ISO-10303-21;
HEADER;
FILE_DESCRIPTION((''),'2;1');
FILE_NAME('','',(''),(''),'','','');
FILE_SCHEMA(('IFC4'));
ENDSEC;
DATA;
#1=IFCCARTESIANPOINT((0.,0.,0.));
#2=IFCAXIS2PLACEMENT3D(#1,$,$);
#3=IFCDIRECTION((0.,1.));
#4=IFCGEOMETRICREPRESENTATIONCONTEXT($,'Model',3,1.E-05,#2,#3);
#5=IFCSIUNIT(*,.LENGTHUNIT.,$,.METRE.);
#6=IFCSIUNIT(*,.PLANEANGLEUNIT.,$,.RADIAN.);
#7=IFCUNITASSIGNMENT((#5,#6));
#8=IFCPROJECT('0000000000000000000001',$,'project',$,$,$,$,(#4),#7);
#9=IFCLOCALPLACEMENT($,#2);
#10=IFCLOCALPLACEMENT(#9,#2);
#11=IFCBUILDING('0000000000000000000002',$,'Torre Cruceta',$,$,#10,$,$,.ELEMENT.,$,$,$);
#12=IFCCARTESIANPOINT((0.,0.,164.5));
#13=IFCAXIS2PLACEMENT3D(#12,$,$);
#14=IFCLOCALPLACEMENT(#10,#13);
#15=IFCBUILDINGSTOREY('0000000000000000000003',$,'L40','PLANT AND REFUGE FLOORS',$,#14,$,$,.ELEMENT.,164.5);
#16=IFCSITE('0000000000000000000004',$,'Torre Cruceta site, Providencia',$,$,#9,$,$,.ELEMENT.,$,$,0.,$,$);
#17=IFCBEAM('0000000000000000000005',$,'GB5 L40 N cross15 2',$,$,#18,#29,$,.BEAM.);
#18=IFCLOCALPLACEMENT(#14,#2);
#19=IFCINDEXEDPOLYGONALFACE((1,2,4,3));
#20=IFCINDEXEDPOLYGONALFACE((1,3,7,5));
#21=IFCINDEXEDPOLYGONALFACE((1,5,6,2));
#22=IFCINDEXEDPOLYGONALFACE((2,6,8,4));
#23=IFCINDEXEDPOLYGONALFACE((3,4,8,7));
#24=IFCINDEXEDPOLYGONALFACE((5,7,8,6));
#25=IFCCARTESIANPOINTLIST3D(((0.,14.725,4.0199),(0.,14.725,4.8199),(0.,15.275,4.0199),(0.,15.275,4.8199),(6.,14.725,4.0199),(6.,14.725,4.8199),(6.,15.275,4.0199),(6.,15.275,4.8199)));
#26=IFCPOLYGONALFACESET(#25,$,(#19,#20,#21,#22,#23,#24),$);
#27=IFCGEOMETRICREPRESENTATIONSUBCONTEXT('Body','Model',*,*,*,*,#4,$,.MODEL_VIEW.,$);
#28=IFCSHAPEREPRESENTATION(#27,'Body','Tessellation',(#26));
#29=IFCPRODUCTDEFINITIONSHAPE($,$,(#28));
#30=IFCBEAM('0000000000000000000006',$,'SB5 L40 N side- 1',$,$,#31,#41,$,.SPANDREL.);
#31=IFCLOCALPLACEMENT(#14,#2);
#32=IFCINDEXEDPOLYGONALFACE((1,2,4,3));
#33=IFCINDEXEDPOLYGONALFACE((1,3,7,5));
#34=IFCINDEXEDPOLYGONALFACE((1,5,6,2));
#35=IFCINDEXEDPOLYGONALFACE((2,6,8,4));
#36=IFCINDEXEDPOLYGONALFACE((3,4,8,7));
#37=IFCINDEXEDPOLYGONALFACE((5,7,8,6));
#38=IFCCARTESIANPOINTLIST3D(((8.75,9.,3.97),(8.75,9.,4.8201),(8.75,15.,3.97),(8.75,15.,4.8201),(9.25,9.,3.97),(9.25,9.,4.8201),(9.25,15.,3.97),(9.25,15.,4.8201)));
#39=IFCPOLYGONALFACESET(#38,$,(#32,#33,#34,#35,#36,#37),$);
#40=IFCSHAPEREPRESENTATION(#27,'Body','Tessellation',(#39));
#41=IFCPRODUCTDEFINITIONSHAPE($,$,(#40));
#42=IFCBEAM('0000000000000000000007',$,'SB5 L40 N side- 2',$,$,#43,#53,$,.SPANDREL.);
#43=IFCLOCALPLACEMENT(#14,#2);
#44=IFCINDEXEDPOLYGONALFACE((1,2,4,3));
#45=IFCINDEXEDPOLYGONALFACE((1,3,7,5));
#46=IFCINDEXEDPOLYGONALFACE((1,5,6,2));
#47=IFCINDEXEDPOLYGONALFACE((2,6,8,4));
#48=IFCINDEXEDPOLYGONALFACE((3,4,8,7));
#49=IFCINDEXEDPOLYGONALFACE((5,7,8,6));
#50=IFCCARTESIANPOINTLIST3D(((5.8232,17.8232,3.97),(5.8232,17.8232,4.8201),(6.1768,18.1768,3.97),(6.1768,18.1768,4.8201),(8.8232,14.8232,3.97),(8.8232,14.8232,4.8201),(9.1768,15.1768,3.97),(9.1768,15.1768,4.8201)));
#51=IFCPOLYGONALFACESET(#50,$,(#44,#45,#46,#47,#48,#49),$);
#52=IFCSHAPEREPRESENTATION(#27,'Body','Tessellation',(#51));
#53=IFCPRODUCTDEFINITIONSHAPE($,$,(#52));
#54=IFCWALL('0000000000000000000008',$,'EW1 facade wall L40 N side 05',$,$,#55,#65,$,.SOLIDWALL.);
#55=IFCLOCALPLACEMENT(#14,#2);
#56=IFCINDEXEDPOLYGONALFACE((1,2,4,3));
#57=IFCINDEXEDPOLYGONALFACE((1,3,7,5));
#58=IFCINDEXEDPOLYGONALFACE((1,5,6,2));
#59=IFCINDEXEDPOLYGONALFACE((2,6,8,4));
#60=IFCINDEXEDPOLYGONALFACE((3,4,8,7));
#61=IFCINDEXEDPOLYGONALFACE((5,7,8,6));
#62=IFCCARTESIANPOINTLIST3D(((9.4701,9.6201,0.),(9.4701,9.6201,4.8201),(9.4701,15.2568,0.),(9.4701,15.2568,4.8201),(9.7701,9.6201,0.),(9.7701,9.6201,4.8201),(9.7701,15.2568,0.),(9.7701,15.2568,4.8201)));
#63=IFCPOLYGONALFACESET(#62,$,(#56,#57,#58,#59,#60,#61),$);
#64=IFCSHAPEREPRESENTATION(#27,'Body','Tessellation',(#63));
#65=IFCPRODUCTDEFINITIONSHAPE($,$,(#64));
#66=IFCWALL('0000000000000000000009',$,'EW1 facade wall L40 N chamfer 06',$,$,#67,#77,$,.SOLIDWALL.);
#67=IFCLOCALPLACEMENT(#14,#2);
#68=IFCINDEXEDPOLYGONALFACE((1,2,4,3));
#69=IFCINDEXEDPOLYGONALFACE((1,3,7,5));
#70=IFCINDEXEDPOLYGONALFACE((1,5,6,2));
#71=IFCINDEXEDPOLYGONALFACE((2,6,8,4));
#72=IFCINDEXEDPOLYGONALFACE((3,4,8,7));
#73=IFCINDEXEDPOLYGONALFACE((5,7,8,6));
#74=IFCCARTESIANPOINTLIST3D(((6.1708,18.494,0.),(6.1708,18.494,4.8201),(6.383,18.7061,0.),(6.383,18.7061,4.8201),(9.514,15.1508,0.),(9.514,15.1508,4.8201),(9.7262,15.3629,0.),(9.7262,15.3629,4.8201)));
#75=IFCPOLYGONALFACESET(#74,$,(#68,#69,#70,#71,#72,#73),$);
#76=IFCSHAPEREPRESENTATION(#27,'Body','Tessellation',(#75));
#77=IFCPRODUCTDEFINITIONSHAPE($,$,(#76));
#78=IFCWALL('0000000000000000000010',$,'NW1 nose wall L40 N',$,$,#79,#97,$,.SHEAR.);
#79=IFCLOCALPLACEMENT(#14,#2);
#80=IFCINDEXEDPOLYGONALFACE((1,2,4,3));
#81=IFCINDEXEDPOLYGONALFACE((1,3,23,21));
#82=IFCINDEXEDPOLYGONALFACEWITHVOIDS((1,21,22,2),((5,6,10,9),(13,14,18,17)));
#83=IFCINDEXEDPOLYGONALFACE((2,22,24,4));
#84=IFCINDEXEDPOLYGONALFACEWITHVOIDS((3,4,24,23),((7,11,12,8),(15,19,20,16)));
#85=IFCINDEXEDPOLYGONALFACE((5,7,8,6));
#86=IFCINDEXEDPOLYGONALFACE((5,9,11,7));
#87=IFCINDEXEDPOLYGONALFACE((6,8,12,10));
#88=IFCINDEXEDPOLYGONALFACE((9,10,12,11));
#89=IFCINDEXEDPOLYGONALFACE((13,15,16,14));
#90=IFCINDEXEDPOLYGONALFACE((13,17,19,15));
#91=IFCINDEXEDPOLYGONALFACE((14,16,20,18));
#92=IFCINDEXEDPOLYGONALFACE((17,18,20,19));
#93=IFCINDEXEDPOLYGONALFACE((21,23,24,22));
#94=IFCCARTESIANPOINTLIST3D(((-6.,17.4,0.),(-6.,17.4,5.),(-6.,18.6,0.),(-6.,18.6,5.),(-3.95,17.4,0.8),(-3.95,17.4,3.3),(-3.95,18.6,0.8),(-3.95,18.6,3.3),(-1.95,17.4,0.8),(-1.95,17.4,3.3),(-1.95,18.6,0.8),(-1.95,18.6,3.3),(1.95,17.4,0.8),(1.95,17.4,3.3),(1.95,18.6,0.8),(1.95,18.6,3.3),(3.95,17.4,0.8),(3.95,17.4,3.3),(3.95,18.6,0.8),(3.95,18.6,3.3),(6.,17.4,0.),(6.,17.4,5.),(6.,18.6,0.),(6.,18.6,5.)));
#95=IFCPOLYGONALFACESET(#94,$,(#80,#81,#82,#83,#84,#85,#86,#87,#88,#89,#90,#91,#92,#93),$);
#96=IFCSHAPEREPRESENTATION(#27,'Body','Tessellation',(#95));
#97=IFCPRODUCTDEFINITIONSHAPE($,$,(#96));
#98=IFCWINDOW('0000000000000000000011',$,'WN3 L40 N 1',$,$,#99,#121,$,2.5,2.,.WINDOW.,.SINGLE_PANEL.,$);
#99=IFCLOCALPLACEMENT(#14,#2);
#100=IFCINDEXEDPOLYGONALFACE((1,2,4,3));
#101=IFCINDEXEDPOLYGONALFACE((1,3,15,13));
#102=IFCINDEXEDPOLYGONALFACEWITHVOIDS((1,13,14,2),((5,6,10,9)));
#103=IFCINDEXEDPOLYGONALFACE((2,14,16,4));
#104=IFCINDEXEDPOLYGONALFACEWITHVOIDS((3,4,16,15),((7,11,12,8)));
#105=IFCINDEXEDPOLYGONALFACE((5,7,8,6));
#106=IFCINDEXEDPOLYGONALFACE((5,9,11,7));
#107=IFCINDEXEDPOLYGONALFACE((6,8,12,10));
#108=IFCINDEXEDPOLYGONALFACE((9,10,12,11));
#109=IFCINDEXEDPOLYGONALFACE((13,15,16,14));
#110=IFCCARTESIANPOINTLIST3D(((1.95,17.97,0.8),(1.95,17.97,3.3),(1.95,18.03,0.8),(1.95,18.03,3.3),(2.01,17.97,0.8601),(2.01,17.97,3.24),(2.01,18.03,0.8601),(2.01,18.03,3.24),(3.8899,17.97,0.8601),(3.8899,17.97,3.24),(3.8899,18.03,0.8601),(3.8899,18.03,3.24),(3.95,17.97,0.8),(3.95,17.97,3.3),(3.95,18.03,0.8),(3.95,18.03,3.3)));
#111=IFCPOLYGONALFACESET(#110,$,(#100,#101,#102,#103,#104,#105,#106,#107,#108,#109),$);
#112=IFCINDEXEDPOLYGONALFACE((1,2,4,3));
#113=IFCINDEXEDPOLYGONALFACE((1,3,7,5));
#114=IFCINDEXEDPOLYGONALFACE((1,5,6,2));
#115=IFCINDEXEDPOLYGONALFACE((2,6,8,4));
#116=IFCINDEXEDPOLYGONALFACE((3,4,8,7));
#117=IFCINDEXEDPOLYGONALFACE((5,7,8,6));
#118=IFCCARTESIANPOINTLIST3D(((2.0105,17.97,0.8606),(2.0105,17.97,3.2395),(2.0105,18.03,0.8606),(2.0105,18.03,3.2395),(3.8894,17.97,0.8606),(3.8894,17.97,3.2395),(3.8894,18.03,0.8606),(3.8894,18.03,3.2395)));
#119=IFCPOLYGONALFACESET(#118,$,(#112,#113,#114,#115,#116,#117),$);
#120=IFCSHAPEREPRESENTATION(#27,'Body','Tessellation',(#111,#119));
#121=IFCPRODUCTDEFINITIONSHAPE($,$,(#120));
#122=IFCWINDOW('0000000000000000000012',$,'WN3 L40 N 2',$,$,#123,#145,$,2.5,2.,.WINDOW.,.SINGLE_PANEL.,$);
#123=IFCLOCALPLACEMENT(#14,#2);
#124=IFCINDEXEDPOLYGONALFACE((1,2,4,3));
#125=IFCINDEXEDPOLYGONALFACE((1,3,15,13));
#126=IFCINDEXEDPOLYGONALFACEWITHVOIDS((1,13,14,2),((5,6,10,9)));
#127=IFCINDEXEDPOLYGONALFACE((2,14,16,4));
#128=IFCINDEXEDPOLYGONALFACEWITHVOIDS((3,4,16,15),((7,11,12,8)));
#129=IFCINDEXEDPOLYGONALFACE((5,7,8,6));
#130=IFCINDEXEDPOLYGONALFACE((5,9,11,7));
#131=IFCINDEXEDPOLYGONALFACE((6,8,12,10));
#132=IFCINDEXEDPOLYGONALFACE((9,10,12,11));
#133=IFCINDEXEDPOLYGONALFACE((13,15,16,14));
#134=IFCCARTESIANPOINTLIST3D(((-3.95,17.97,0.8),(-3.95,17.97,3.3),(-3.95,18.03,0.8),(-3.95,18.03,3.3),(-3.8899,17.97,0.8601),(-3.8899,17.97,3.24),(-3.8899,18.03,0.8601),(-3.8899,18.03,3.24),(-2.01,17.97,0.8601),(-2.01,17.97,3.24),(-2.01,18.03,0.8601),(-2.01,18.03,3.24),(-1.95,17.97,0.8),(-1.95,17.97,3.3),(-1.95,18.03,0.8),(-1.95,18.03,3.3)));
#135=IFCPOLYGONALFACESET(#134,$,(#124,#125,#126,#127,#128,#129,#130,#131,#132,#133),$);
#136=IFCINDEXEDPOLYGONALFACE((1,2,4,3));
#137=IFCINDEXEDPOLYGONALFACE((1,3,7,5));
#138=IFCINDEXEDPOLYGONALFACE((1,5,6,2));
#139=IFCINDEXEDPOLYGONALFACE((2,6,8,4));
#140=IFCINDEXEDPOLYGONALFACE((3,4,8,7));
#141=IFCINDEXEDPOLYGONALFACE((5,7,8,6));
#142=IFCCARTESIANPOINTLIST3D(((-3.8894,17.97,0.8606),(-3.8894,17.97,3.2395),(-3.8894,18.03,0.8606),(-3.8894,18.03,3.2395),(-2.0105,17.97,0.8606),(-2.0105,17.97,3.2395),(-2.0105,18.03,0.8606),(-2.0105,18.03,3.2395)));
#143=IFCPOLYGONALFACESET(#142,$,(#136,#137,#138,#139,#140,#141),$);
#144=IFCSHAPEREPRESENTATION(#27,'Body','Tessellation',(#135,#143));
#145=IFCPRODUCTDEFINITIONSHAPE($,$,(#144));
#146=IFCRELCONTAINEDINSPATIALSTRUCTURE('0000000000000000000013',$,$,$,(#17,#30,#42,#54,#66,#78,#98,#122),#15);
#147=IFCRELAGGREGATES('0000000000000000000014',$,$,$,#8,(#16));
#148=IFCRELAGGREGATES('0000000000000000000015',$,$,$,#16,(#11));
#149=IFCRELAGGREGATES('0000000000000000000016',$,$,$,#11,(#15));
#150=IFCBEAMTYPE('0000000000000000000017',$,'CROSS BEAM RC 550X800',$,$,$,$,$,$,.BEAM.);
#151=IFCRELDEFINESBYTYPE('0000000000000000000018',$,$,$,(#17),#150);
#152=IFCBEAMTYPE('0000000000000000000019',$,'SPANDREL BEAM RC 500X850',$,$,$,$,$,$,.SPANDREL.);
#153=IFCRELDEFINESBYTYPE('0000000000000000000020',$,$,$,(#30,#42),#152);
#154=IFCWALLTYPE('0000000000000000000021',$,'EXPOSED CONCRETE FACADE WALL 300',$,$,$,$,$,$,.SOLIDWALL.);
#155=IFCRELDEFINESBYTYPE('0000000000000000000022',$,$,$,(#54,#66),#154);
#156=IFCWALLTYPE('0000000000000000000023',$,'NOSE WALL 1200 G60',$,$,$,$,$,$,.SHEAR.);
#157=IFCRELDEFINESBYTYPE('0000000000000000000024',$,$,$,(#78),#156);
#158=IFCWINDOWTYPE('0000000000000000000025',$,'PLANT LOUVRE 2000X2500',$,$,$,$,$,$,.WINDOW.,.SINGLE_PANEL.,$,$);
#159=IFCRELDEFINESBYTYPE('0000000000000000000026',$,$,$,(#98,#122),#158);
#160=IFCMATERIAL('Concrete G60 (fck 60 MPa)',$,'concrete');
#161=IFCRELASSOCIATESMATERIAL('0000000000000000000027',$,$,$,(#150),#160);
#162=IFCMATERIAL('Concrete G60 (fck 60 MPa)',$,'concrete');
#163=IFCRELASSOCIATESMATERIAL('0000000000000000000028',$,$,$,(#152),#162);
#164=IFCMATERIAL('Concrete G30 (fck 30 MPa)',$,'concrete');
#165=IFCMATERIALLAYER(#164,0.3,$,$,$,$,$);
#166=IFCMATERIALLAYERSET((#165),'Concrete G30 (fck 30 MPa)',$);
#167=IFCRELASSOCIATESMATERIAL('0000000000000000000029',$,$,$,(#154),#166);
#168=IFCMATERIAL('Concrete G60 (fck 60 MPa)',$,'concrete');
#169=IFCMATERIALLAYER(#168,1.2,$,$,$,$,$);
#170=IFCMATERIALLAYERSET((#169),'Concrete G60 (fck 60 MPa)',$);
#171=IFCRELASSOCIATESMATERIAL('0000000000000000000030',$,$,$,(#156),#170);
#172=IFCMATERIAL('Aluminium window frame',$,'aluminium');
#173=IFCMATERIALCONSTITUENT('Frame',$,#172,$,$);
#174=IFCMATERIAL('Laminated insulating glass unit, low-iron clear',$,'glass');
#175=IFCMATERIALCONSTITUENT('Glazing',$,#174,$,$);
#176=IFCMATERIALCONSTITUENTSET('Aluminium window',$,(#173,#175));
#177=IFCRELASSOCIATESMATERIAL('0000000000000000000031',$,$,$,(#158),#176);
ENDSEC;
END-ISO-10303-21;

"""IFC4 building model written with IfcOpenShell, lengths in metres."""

from ifc_helpers import new_model, si_unit, direction, frame, frame_2d, origin, origin_2d, place, context, subcontext, project, spatial, rectangle, hollow_rectangle, extrude, material, layer, layer_set, constituent, constituent_set, material_profile, profile_set, type_object, element, fill, save


model = new_model("IFC4")

# Units and contexts
model_context = context("Model", 3, precision=1e-05, world=origin(), true_north=direction((0.0, 1.0)))
body_context = subcontext(model_context, "Body", "Model", "MODEL_VIEW")
ifc_project = project(units=[si_unit("LENGTHUNIT", "METRE"), si_unit("PLANEANGLEUNIT", "RADIAN")], contexts=[model_context])

# Site, building, storey
site_placement = place(None, origin())
site = spatial("IfcSite", under=ifc_project, at=site_placement, Name="Torre Cruceta site, Providencia", CompositionType="ELEMENT", RefElevation=0.0)
building_placement = place(site_placement, origin())
building = spatial("IfcBuilding", under=site, at=building_placement, Name="Torre Cruceta", CompositionType="ELEMENT")
storey_placement = place(building_placement, frame((0.0, 0.0, 164.5)))
storey = spatial("IfcBuildingStorey", under=building, at=storey_placement, Name="L40", Description="PLANT AND REFUGE FLOORS", CompositionType="ELEMENT", Elevation=164.5)

# Beams
ifc_material_1 = material(Name="Concrete G60 (fck 60 MPa)", Category="concrete")
ifc_material_profile_1 = material_profile(ifc_material_1, rectangle(XDim=0.55, YDim=0.8, at=origin_2d()), Name="RC 550X800")
ifc_profile_set_1 = profile_set([ifc_material_profile_1], Name="Concrete G60 (fck 60 MPa)")
beam_type_1 = type_object("IfcBeamType", Name="CROSS BEAM RC 550X800", PredefinedType="BEAM", material=ifc_profile_set_1)
beam_1_placement = place(storey_placement, frame((6.0, 15.0, 4.4199), z_axis=(-1.0, 0.0, 0.0), x_axis=(0.0, -1.0, 0.0)))
element("IfcBeam", 1, at=beam_1_placement, inside=storey, type_object=beam_type_1, Name="GB5 L40 N cross15 2", PredefinedType="BEAM", context=body_context, shape_type="SweptSolid", body=[
    extrude(rectangle(XDim=0.55, YDim=0.8, at=origin_2d()), origin(), (0.0, 0.0, 1.0), 6.0),
])
ifc_material_2 = material(Name="Concrete G60 (fck 60 MPa)", Category="concrete")
ifc_material_profile_2 = material_profile(ifc_material_2, rectangle(XDim=0.5, YDim=0.8501, at=origin_2d()), Name="RC 500X850")
ifc_profile_set_2 = profile_set([ifc_material_profile_2], Name="Concrete G60 (fck 60 MPa)")
beam_type_2 = type_object("IfcBeamType", Name="SPANDREL BEAM RC 500X850", PredefinedType="SPANDREL", material=ifc_profile_set_2)
beam_2_placement = place(storey_placement, frame((9.0, 9.0, 4.395), z_axis=(0.0, 1.0, 0.0), x_axis=(-1.0, 0.0, 0.0)))
element("IfcBeam", 2, at=beam_2_placement, inside=storey, type_object=beam_type_2, Name="SB5 L40 N side- 1", PredefinedType="SPANDREL", context=body_context, shape_type="SweptSolid", body=[
    extrude(rectangle(XDim=0.5, YDim=0.8501, at=origin_2d()), origin(), (0.0, 0.0, 1.0), 6.0),
])
beam_3_placement = place(storey_placement, frame((9.0, 15.0, 4.395), z_axis=(-0.707107, 0.707107, 0.0), x_axis=(-0.707107, -0.707107, 0.0)))
element("IfcBeam", 3, at=beam_3_placement, inside=storey, type_object=beam_type_2, Name="SB5 L40 N side- 2", PredefinedType="SPANDREL", context=body_context, shape_type="SweptSolid", body=[
    extrude(rectangle(XDim=0.5, YDim=0.8501, at=origin_2d()), origin(), (0.0, 0.0, 1.0), 4.2427),
])

# Walls
ifc_material_3 = material(Name="Concrete G30 (fck 30 MPa)", Category="concrete")
ifc_layer_1 = layer(ifc_material_3, 0.3)
ifc_layer_set_1 = layer_set([ifc_layer_1], Name="Concrete G30 (fck 30 MPa)")
wall_type_1 = type_object("IfcWallType", Name="EXPOSED CONCRETE FACADE WALL 300", PredefinedType="SOLIDWALL", material=ifc_layer_set_1)
wall_1_placement = place(storey_placement, frame((9.6201, 9.6201, 0.0), z_axis=(0.0, 0.0, 1.0), x_axis=(0.0, 1.0, 0.0)))
element("IfcWall", 4, at=wall_1_placement, inside=storey, type_object=wall_type_1, Name="EW1 facade wall L40 N side 05", PredefinedType="SOLIDWALL", context=body_context, shape_type="SweptSolid", body=[
    extrude(rectangle(XDim=5.6367, YDim=0.3, at=frame_2d((2.8184, 0.0))), origin(), (0.0, 0.0, 1.0), 4.8201),
])
wall_2_placement = place(storey_placement, frame((9.6201, 15.2568, 0.0), z_axis=(0.0, 0.0, 1.0), x_axis=(-0.707107, 0.707107, 0.0)))
element("IfcWall", 5, at=wall_2_placement, inside=storey, type_object=wall_type_1, Name="EW1 facade wall L40 N chamfer 06", PredefinedType="SOLIDWALL", context=body_context, shape_type="SweptSolid", body=[
    extrude(rectangle(XDim=4.728, YDim=0.3, at=frame_2d((2.364, 0.0))), origin(), (0.0, 0.0, 1.0), 4.8201),
])

# Wall, openings, windows
ifc_material_4 = material(Name="Concrete G60 (fck 60 MPa)", Category="concrete")
ifc_layer_2 = layer(ifc_material_4, 1.2)
ifc_layer_set_2 = layer_set([ifc_layer_2], Name="Concrete G60 (fck 60 MPa)")
wall_type_2 = type_object("IfcWallType", Name="NOSE WALL 1200 G60", PredefinedType="SHEAR", material=ifc_layer_set_2)
wall_3_placement = place(storey_placement, frame((6.0, 18.0, 0.0), z_axis=(0.0, 0.0, 1.0), x_axis=(-1.0, 0.0, 0.0)))
wall_3 = element("IfcWall", 6, at=wall_3_placement, inside=storey, type_object=wall_type_2, Name="NW1 nose wall L40 N", PredefinedType="SHEAR", context=body_context, shape_type="SweptSolid", body=[
    extrude(rectangle(XDim=12.0, YDim=1.2, at=frame_2d((6.0, 0.0))), origin(), (0.0, 0.0, 1.0), 5.0),
])
opening_1_placement = place(wall_3_placement, frame((2.05, 0.0, 0.8)))
opening_1 = element("IfcOpeningElement", 7, at=opening_1_placement, cuts=wall_3, PredefinedType="OPENING", context=body_context, shape_type="SweptSolid", body=[
    extrude(rectangle(XDim=2.0, YDim=2.5, at=frame_2d((1.0, 1.25))), frame((0.0, 0.6099, 0.0), z_axis=(0.0, -1.0, 0.0), x_axis=(1.0, 0.0, 0.0)), (0.0, 0.0, 1.0), 1.22),
])
opening_2_placement = place(wall_3_placement, frame((7.95, 0.0, 0.8)))
opening_2 = element("IfcOpeningElement", 8, at=opening_2_placement, cuts=wall_3, PredefinedType="OPENING", context=body_context, shape_type="SweptSolid", body=[
    extrude(rectangle(XDim=2.0, YDim=2.5, at=frame_2d((1.0, 1.25))), frame((0.0, 0.6099, 0.0), z_axis=(0.0, -1.0, 0.0), x_axis=(1.0, 0.0, 0.0)), (0.0, 0.0, 1.0), 1.22),
])
ifc_material_5 = material(Name="Aluminium window frame", Category="aluminium")
ifc_constituent_1 = constituent(ifc_material_5, Name="Frame")
ifc_material_6 = material(Name="Laminated insulating glass unit, low-iron clear", Category="glass")
ifc_constituent_2 = constituent(ifc_material_6, Name="Glazing")
ifc_constituent_set_1 = constituent_set(constituents=[ifc_constituent_1, ifc_constituent_2], Name="Aluminium window")
window_type = type_object("IfcWindowType", Name="PLANT LOUVRE 2000X2500", PartitioningType="SINGLE_PANEL", PredefinedType="WINDOW", material=ifc_constituent_set_1)
window_1_placement = place(opening_1_placement, origin())
window_1 = element("IfcWindow", 9, at=window_1_placement, inside=storey, type_object=window_type, Name="WN3 L40 N 1", OverallHeight=2.5, OverallWidth=2.0, PartitioningType="SINGLE_PANEL", PredefinedType="WINDOW", context=body_context, shape_type="SweptSolid", body=[
    extrude(hollow_rectangle(XDim=2.0, YDim=2.5, WallThickness=0.0601, at=frame_2d((1.0, 1.25))), frame((0.0, 0.03, 0.0), z_axis=(0.0, -1.0, 0.0), x_axis=(1.0, 0.0, 0.0)), (0.0, 0.0, 1.0), 0.0601),
    extrude(rectangle(XDim=1.8789, YDim=2.3789, at=frame_2d((1.0, 1.25))), frame((0.0, 0.03, 0.0), z_axis=(0.0, -1.0, 0.0), x_axis=(1.0, 0.0, 0.0)), (0.0, 0.0, 1.0), 0.0601),
])
fill(opening_1, window_1)
window_2_placement = place(opening_2_placement, origin())
window_2 = element("IfcWindow", 10, at=window_2_placement, inside=storey, type_object=window_type, Name="WN3 L40 N 2", OverallHeight=2.5, OverallWidth=2.0, PartitioningType="SINGLE_PANEL", PredefinedType="WINDOW", context=body_context, shape_type="SweptSolid", body=[
    extrude(hollow_rectangle(XDim=2.0, YDim=2.5, WallThickness=0.0601, at=frame_2d((1.0, 1.25))), frame((0.0, 0.03, 0.0), z_axis=(0.0, -1.0, 0.0), x_axis=(1.0, 0.0, 0.0)), (0.0, 0.0, 1.0), 0.0601),
    extrude(rectangle(XDim=1.8789, YDim=2.3789, at=frame_2d((1.0, 1.25))), frame((0.0, 0.03, 0.0), z_axis=(0.0, -1.0, 0.0), x_axis=(1.0, 0.0, 0.0)), (0.0, 0.0, 1.0), 0.0601),
])
fill(opening_2, window_2)

save(model, "model.ifc")
